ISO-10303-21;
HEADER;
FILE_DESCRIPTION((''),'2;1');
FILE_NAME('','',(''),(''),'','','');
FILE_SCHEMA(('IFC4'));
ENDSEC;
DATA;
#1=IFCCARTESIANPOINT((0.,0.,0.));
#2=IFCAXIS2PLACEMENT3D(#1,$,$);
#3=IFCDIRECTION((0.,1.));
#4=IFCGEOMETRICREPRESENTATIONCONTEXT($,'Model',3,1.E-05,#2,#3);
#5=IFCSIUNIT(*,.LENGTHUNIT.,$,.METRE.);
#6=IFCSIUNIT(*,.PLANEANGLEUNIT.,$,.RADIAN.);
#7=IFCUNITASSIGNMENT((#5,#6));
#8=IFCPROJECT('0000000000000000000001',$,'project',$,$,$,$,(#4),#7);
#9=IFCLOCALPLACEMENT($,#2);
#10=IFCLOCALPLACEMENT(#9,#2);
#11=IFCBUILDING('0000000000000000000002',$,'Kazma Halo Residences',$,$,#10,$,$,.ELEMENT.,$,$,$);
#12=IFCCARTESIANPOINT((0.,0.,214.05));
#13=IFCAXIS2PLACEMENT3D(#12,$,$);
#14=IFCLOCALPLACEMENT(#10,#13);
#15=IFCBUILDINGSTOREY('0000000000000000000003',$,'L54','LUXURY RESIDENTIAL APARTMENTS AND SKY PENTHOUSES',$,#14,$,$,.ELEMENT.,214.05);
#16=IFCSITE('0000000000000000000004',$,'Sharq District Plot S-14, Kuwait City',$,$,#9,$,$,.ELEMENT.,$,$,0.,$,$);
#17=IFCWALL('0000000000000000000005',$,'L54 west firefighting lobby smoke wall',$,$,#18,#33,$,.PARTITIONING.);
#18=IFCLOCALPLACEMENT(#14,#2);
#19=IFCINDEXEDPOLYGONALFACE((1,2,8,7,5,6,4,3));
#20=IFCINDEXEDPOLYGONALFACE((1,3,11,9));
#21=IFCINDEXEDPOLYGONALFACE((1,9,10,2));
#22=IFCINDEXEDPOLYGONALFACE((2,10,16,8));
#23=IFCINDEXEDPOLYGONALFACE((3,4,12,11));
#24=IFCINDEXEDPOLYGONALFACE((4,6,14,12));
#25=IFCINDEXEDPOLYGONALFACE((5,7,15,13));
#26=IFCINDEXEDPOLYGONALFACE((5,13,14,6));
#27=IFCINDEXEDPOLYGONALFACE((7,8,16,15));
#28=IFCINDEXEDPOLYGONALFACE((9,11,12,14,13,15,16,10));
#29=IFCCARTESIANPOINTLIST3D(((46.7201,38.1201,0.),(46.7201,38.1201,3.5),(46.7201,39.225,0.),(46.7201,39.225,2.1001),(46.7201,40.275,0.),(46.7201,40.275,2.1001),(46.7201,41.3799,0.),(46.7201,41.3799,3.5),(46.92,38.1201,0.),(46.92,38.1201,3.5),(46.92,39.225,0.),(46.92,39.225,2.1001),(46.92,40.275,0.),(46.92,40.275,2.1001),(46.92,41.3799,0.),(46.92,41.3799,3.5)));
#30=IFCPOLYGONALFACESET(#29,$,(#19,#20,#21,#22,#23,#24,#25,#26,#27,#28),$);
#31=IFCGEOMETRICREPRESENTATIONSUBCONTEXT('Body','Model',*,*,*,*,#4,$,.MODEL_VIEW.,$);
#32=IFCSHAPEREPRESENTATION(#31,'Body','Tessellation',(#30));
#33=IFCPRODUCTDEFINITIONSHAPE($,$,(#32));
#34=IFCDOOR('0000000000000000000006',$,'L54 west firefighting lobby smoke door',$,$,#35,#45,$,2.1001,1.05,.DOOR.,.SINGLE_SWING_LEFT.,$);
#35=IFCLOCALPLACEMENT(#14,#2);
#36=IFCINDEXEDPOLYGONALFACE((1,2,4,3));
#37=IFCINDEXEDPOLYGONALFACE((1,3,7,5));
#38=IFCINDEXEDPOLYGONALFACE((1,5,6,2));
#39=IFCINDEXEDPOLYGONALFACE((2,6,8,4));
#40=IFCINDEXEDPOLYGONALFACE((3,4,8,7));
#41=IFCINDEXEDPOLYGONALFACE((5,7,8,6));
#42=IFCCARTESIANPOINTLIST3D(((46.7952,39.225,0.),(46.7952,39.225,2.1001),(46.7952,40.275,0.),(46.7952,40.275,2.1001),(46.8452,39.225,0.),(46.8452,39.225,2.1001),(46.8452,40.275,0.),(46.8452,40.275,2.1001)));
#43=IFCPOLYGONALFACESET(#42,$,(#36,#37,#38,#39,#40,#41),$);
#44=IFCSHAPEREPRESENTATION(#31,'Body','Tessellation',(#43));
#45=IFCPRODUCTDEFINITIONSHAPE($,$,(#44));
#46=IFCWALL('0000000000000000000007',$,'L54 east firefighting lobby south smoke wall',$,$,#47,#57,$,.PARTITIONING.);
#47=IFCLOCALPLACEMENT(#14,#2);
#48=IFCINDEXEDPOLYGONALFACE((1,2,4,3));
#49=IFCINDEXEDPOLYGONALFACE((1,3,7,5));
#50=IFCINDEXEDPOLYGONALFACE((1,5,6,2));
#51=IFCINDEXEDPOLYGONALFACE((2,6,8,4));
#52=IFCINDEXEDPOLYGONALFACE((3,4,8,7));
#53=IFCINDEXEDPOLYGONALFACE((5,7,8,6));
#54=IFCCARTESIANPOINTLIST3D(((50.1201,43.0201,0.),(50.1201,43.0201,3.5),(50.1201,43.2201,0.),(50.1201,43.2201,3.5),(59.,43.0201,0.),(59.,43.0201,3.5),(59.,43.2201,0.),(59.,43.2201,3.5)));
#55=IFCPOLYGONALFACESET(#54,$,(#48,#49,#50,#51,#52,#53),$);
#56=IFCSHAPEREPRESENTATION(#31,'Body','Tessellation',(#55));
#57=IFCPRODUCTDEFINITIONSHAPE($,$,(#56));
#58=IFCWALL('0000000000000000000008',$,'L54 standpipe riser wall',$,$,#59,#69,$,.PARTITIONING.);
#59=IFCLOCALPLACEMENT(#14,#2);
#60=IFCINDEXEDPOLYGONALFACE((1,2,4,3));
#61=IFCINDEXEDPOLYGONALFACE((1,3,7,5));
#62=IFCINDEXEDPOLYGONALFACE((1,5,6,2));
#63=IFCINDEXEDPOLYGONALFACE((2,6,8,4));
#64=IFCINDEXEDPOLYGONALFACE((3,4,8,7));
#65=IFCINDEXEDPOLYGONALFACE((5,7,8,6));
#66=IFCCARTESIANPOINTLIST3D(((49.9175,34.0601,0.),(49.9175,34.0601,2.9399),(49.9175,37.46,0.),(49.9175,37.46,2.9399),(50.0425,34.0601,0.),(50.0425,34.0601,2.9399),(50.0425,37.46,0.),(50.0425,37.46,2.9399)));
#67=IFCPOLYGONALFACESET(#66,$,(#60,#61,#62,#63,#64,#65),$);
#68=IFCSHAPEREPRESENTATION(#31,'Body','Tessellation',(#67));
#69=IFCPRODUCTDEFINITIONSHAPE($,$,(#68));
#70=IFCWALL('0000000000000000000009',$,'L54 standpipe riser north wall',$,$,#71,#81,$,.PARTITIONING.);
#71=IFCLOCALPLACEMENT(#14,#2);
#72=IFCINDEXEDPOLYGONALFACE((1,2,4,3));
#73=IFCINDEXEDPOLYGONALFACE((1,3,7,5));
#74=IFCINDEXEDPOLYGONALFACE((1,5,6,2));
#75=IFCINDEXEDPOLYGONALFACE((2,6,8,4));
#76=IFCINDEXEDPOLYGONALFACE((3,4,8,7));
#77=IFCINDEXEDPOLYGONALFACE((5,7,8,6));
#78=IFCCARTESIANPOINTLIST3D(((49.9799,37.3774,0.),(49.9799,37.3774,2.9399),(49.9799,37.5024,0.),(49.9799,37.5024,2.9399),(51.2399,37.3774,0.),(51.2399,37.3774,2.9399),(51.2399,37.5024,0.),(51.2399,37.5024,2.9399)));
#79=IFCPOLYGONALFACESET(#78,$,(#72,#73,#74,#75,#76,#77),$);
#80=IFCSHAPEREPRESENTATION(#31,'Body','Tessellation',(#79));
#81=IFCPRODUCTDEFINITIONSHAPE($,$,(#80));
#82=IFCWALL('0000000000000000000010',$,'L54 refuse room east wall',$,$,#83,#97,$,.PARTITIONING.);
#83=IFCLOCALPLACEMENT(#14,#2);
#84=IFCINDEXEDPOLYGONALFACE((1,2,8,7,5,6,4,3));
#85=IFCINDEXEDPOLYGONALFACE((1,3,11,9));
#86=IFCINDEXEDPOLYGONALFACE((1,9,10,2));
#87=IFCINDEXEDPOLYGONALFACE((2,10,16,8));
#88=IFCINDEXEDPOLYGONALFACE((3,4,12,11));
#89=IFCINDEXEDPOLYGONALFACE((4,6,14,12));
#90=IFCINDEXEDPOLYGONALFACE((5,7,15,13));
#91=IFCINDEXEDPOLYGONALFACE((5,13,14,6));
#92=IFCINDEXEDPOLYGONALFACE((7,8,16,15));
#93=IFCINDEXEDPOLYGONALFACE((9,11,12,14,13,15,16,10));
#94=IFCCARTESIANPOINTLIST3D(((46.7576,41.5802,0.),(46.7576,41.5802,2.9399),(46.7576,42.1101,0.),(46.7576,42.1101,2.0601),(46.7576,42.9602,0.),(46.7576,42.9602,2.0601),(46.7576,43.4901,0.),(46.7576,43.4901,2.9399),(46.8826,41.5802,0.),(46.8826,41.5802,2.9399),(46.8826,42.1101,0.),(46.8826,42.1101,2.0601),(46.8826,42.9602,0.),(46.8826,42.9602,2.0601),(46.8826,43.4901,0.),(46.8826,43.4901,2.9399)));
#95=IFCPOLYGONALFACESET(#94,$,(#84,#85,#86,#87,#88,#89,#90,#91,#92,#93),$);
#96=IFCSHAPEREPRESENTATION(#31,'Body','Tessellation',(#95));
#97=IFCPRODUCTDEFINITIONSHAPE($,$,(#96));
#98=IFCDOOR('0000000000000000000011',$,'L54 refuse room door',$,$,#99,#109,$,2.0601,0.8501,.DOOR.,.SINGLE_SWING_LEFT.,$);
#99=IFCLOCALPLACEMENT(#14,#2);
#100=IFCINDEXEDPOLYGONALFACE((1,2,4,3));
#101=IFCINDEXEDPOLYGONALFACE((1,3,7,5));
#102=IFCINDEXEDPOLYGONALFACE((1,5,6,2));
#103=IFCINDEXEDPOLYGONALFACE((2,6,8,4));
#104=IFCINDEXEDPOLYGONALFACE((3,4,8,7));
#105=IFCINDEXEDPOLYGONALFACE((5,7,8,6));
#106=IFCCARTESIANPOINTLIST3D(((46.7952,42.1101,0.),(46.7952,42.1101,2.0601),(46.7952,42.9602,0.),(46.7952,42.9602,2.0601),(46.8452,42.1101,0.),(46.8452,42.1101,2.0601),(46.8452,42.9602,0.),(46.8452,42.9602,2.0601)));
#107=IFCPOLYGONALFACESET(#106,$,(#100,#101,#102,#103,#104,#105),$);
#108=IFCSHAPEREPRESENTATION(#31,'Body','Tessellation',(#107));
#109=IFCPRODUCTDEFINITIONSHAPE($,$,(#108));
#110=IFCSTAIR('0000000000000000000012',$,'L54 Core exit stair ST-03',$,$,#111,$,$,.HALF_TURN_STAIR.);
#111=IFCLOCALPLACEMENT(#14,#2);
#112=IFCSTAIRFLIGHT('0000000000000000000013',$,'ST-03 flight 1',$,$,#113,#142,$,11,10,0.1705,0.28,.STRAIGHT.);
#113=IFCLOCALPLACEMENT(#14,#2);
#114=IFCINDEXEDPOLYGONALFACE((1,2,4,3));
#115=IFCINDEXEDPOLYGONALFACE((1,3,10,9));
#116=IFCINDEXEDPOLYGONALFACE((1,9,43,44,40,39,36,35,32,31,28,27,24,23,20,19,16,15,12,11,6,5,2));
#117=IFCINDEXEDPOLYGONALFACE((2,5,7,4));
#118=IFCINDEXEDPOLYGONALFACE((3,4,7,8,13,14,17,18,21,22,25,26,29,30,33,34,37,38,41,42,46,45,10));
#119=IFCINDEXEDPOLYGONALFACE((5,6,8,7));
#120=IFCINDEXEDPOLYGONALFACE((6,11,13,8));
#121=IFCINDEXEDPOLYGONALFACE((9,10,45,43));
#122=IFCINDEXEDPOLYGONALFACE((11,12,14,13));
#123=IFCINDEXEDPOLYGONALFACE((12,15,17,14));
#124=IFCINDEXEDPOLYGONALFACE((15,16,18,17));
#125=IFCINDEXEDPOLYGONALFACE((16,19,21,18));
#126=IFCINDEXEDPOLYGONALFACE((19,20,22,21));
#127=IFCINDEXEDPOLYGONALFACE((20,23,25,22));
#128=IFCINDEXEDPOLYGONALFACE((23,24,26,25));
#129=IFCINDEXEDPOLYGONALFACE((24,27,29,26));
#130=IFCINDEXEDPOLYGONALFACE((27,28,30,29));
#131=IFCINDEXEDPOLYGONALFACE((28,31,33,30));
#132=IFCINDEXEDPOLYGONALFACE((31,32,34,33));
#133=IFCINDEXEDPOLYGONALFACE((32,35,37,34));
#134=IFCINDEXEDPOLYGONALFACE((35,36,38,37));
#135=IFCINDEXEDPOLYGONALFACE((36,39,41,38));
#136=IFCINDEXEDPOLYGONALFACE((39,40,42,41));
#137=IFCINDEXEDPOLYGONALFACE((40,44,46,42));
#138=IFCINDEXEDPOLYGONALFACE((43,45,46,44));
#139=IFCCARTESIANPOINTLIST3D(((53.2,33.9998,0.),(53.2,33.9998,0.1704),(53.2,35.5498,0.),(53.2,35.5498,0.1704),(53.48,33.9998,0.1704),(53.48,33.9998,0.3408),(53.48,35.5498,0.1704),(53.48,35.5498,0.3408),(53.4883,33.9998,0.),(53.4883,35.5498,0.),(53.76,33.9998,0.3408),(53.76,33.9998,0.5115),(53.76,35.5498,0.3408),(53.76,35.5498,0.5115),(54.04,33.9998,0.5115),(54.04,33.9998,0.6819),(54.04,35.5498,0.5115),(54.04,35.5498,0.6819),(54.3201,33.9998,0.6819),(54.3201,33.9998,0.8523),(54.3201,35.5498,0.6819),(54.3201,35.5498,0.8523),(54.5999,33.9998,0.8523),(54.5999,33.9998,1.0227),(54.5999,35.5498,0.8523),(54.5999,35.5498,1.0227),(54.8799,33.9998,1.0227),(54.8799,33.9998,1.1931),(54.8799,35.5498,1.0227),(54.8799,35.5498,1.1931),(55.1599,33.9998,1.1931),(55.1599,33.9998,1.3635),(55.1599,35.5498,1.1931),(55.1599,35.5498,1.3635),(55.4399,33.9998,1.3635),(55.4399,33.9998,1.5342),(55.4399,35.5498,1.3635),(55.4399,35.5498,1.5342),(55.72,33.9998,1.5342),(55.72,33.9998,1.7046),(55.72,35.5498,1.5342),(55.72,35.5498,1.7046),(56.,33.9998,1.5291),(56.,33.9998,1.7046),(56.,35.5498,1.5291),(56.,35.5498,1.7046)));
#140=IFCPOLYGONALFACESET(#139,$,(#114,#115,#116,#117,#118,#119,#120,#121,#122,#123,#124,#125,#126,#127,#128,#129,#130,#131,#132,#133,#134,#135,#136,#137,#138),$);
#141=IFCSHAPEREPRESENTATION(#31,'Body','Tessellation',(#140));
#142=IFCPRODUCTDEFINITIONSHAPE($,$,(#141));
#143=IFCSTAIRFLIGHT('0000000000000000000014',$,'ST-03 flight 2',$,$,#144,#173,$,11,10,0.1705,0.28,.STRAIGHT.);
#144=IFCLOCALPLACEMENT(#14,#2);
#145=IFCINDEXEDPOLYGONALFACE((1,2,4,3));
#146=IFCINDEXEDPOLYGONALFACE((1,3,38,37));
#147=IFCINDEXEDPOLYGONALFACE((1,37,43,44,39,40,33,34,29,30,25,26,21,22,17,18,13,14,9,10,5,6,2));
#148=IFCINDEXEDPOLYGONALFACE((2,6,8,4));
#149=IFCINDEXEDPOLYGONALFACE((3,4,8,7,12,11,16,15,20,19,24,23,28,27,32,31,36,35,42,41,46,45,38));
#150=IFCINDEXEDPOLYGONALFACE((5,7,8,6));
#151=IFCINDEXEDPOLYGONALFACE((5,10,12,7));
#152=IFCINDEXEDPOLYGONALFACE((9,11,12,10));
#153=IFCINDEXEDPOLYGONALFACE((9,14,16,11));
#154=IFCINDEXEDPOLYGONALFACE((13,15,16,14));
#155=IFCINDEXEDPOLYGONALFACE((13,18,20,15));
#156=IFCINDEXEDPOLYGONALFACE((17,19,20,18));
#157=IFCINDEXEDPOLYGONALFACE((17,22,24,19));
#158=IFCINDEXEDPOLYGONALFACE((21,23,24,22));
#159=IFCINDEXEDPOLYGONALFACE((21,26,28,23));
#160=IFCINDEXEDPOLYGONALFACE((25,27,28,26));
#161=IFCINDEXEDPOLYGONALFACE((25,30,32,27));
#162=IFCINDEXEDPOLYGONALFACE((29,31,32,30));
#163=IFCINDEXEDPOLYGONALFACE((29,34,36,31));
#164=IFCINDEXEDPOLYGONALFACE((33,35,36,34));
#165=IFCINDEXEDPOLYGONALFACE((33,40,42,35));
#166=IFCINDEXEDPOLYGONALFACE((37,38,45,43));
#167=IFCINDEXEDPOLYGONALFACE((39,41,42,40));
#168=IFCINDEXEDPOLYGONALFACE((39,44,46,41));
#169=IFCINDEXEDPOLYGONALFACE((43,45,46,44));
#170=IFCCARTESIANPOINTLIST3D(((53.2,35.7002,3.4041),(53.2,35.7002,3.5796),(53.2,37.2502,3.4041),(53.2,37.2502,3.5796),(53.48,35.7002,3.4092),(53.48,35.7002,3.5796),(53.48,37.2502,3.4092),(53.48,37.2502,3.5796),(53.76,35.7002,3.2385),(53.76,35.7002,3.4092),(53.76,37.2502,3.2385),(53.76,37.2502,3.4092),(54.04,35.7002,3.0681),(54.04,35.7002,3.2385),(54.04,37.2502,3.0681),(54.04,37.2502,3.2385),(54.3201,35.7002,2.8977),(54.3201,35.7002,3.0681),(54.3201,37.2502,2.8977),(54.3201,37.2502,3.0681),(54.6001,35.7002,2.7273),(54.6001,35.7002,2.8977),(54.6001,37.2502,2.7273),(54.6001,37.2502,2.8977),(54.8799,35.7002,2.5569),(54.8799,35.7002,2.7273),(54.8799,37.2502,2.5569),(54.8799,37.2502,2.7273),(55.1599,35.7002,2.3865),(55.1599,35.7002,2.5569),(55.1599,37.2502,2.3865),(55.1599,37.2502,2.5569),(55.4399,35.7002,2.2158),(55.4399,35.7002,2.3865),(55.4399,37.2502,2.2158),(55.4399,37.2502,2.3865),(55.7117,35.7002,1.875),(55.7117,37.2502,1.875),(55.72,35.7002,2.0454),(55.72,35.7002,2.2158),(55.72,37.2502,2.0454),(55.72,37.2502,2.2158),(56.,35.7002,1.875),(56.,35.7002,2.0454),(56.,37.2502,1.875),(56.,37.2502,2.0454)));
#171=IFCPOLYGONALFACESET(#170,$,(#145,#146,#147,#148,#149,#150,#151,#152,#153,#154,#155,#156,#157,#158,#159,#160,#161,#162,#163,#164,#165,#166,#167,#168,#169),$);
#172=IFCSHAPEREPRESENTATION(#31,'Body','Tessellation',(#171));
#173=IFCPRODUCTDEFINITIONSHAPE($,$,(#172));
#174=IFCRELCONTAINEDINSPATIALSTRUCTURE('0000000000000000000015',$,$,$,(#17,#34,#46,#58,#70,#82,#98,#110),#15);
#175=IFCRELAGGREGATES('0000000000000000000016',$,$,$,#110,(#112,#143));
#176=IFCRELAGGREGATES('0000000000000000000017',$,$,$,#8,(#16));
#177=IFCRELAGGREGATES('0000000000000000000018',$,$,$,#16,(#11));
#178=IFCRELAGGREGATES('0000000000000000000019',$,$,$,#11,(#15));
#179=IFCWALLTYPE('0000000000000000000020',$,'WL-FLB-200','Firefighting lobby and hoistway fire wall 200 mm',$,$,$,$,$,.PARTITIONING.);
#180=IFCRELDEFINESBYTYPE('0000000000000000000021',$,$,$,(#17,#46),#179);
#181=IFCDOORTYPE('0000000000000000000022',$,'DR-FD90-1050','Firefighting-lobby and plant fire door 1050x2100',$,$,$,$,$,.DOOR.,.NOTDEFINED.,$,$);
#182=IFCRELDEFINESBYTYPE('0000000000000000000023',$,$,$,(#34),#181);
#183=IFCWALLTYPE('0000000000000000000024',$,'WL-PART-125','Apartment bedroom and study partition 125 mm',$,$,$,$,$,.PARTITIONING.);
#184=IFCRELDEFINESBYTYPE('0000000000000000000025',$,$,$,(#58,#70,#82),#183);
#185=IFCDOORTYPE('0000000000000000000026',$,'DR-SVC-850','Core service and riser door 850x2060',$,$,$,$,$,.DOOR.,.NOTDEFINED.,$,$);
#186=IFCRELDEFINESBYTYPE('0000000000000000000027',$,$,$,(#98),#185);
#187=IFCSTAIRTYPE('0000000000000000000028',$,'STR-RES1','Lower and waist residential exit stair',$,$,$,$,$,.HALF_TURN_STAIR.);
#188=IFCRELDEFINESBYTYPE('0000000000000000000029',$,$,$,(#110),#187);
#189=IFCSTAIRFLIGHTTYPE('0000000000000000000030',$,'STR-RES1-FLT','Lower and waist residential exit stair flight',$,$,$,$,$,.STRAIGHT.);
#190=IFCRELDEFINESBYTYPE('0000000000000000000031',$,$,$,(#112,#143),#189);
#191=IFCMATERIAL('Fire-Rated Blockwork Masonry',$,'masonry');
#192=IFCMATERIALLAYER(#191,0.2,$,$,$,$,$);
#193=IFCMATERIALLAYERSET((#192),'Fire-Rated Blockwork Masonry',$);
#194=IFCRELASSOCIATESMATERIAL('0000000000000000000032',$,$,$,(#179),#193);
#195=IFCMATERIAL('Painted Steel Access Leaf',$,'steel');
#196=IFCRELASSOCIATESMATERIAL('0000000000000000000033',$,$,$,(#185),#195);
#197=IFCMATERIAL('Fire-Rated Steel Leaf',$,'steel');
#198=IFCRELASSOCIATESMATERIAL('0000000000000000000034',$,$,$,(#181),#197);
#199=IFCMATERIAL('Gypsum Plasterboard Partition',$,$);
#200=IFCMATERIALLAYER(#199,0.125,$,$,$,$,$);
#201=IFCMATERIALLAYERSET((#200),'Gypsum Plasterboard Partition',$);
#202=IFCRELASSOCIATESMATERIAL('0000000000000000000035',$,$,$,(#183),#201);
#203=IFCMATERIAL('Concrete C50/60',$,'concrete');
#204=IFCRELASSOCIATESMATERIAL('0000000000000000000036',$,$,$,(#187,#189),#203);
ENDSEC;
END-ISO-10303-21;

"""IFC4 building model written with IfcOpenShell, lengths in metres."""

from ifc_helpers import new_model, si_unit, direction, frame, frame_2d, origin, place, context, subcontext, project, spatial, polyline, rectangle, outline, extrude, material, layer, layer_set, type_object, element, fill, aggregate, save


model = new_model("IFC4")

# Units and contexts
model_context = context("Model", 3, precision=1e-05, world=origin(), true_north=direction((0.0, 1.0)))
body_context = subcontext(model_context, "Body", "Model", "MODEL_VIEW")
ifc_project = project(units=[si_unit("LENGTHUNIT", "METRE"), si_unit("PLANEANGLEUNIT", "RADIAN")], contexts=[model_context])

# Site, building, storey
site_placement = place(None, origin())
site = spatial("IfcSite", under=ifc_project, at=site_placement, Name="Sharq District Plot S-14, Kuwait City", CompositionType="ELEMENT", RefElevation=0.0)
building_placement = place(site_placement, origin())
building = spatial("IfcBuilding", under=site, at=building_placement, Name="Kazma Halo Residences", CompositionType="ELEMENT")
storey_placement = place(building_placement, frame((0.0, 0.0, 214.05)))
storey = spatial("IfcBuildingStorey", under=building, at=storey_placement, Name="L54", Description="LUXURY RESIDENTIAL APARTMENTS AND SKY PENTHOUSES", CompositionType="ELEMENT", Elevation=214.05)

# Shared definitions
ifc_material_1 = material(Name="Fire-Rated Blockwork Masonry", Category="masonry")
ifc_layer_1 = layer(ifc_material_1, 0.2)
ifc_layer_set_1 = layer_set([ifc_layer_1], Name="Fire-Rated Blockwork Masonry")
wall_type_1 = type_object("IfcWallType", Name="WL-FLB-200", Description="Firefighting lobby and hoistway fire wall 200 mm", PredefinedType="PARTITIONING", material=ifc_layer_set_1)

# Wall, opening, door
ifc_material_2 = material(Name="Painted Steel Access Leaf", Category="steel")
door_type_1 = type_object("IfcDoorType", Name="DR-SVC-850", Description="Core service and riser door 850x2060", OperationType="NOTDEFINED", PredefinedType="DOOR", material=ifc_material_2)
wall_1_placement = place(storey_placement, frame((46.8201, 38.1201, 0.0), z_axis=(0.0, 0.0, 1.0), x_axis=(0.0, 1.0, 0.0)))
wall_1 = element("IfcWall", 1, at=wall_1_placement, inside=storey, type_object=wall_type_1, Name="L54 west firefighting lobby smoke wall", PredefinedType="PARTITIONING", context=body_context, shape_type="SweptSolid", body=[
    extrude(rectangle(XDim=3.2598, YDim=0.2, at=frame_2d((1.6299, 0.0))), origin(), (0.0, 0.0, 1.0), 3.5),
])
opening_1_placement = place(wall_1_placement, frame((1.105, 0.0, 0.0)))
opening_1 = element("IfcOpeningElement", 2, at=opening_1_placement, cuts=wall_1, PredefinedType="OPENING", context=body_context, shape_type="SweptSolid", body=[
    extrude(rectangle(XDim=1.05, YDim=2.1001, at=frame_2d((0.5249, 1.05))), frame((0.0, 0.1099, 0.0), z_axis=(0.0, -1.0, 0.0), x_axis=(1.0, 0.0, 0.0)), (0.0, 0.0, 1.0), 0.22),
])
ifc_material_3 = material(Name="Fire-Rated Steel Leaf", Category="steel")
door_type_2 = type_object("IfcDoorType", Name="DR-FD90-1050", Description="Firefighting-lobby and plant fire door 1050x2100", OperationType="NOTDEFINED", PredefinedType="DOOR", material=ifc_material_3)
door_1_placement = place(opening_1_placement, origin())
door_1 = element("IfcDoor", 3, at=door_1_placement, inside=storey, type_object=door_type_2, Name="L54 west firefighting lobby smoke door", OperationType="SINGLE_SWING_LEFT", OverallHeight=2.1001, OverallWidth=1.05, PredefinedType="DOOR", context=body_context, shape_type="SweptSolid", body=[
    extrude(rectangle(XDim=1.05, YDim=2.1001, at=frame_2d((0.5249, 1.05))), frame((0.0, 0.0249, 0.0), z_axis=(0.0, -1.0, 0.0), x_axis=(1.0, 0.0, 0.0)), (0.0, 0.0, 1.0), 0.05),
])
fill(opening_1, door_1)

# Walls
wall_2_placement = place(storey_placement, frame((50.1201, 43.1201, 0.0), z_axis=(0.0, 0.0, 1.0), x_axis=(1.0, 0.0, 0.0)))
element("IfcWall", 4, at=wall_2_placement, inside=storey, type_object=wall_type_1, Name="L54 east firefighting lobby south smoke wall", PredefinedType="PARTITIONING", context=body_context, shape_type="SweptSolid", body=[
    extrude(rectangle(XDim=8.8799, YDim=0.2, at=frame_2d((4.4399, 0.0))), origin(), (0.0, 0.0, 1.0), 3.5),
])
ifc_material_4 = material(Name="Gypsum Plasterboard Partition")
ifc_layer_2 = layer(ifc_material_4, 0.125)
ifc_layer_set_2 = layer_set([ifc_layer_2], Name="Gypsum Plasterboard Partition")
wall_type_2 = type_object("IfcWallType", Name="WL-PART-125", Description="Apartment bedroom and study partition 125 mm", PredefinedType="PARTITIONING", material=ifc_layer_set_2)
wall_3_placement = place(storey_placement, frame((49.98, 34.0601, 0.0), z_axis=(0.0, 0.0, 1.0), x_axis=(0.0, 1.0, 0.0)))
element("IfcWall", 5, at=wall_3_placement, inside=storey, type_object=wall_type_2, Name="L54 standpipe riser wall", PredefinedType="PARTITIONING", context=body_context, shape_type="SweptSolid", body=[
    extrude(rectangle(XDim=3.3999, YDim=0.125, at=frame_2d((1.7, 0.0))), origin(), (0.0, 0.0, 1.0), 2.9399),
])
wall_4_placement = place(storey_placement, frame((49.98, 37.4399, 0.0), z_axis=(0.0, 0.0, 1.0), x_axis=(1.0, 0.0, 0.0)))
element("IfcWall", 6, at=wall_4_placement, inside=storey, type_object=wall_type_2, Name="L54 standpipe riser north wall", PredefinedType="PARTITIONING", context=body_context, shape_type="SweptSolid", body=[
    extrude(rectangle(XDim=1.26, YDim=0.125, at=frame_2d((0.6299, 0.0))), origin(), (0.0, 0.0, 1.0), 2.9399),
])

# Wall, opening, door
wall_5_placement = place(storey_placement, frame((46.8201, 41.5801, 0.0), z_axis=(0.0, 0.0, 1.0), x_axis=(0.0, 1.0, 0.0)))
wall_5 = element("IfcWall", 7, at=wall_5_placement, inside=storey, type_object=wall_type_2, Name="L54 refuse room east wall", PredefinedType="PARTITIONING", context=body_context, shape_type="SweptSolid", body=[
    extrude(rectangle(XDim=1.9099, YDim=0.125, at=frame_2d((0.9551, 0.0))), origin(), (0.0, 0.0, 1.0), 2.9399),
])
opening_2_placement = place(wall_5_placement, frame((0.53, 0.0, 0.0)))
opening_2 = element("IfcOpeningElement", 8, at=opening_2_placement, cuts=wall_5, PredefinedType="OPENING", context=body_context, shape_type="SweptSolid", body=[
    extrude(rectangle(XDim=0.8501, YDim=2.0601, at=frame_2d((0.425, 1.03))), frame((0.0, 0.0725, 0.0), z_axis=(0.0, -1.0, 0.0), x_axis=(1.0, 0.0, 0.0)), (0.0, 0.0, 1.0), 0.145),
])
door_2_placement = place(opening_2_placement, origin())
door_2 = element("IfcDoor", 9, at=door_2_placement, inside=storey, type_object=door_type_1, Name="L54 refuse room door", OperationType="SINGLE_SWING_LEFT", OverallHeight=2.0601, OverallWidth=0.8501, PredefinedType="DOOR", context=body_context, shape_type="SweptSolid", body=[
    extrude(rectangle(XDim=0.8501, YDim=2.0601, at=frame_2d((0.425, 1.03))), frame((0.0, 0.0249, 0.0), z_axis=(0.0, -1.0, 0.0), x_axis=(1.0, 0.0, 0.0)), (0.0, 0.0, 1.0), 0.05),
])
fill(opening_2, door_2)
ifc_material_5 = material(Name="Concrete C50/60", Category="concrete")

# Stair, stair flights
stair_type = type_object("IfcStairType", Name="STR-RES1", Description="Lower and waist residential exit stair", PredefinedType="HALF_TURN_STAIR", material=ifc_material_5)
stair_placement = place(storey_placement, origin())
stair = element("IfcStair", 10, at=stair_placement, inside=storey, type_object=stair_type, Name="L54 Core exit stair ST-03", PredefinedType="HALF_TURN_STAIR")
stair_flight_type = type_object("IfcStairFlightType", Name="STR-RES1-FLT", Description="Lower and waist residential exit stair flight", PredefinedType="STRAIGHT", material=ifc_material_5)
stair_flight_1_placement = place(storey_placement, frame((53.2, 34.7749, 0.0), z_axis=(0.0, 0.0, 1.0), x_axis=(1.0, 0.0, 0.0)))
stair_flight_1 = element("IfcStairFlight", 11, at=stair_flight_1_placement, type_object=stair_flight_type, Name="ST-03 flight 1", NumberOfRisers=11, NumberOfTreads=10, PredefinedType="STRAIGHT", RiserHeight=0.1705, TreadLength=0.28, context=body_context, shape_type="SweptSolid", body=[
    extrude(outline(polyline([(0.0, 0.0), (0.0, 0.1704), (0.28, 0.1704), (0.28, 0.3408), (0.5601, 0.3408), (0.5601, 0.5115), (0.8401, 0.5115), (0.8401, 0.6819), (1.1201, 0.6819), (1.1201, 0.8523), (1.3999, 0.8523), (1.3999, 1.0227), (1.6799, 1.0227), (1.6799, 1.1931), (1.96, 1.1931), (1.96, 1.3635), (2.24, 1.3635), (2.24, 1.5342), (2.52, 1.5342), (2.52, 1.7046), (2.8, 1.7046), (2.8, 1.875), (2.8, 1.5291), (0.2883, 0.0), (0.0, 0.0)])), frame((0.0, 0.7749, 0.0), z_axis=(0.0, -1.0, 0.0), x_axis=(1.0, 0.0, 0.0)), (0.0, 0.0, 1.0), 1.55),
])
stair_flight_2_placement = place(storey_placement, frame((56.0, 36.4751, 1.875), z_axis=(0.0, 0.0, 1.0), x_axis=(-1.0, 0.0, 0.0)))
stair_flight_2 = element("IfcStairFlight", 12, at=stair_flight_2_placement, type_object=stair_flight_type, Name="ST-03 flight 2", NumberOfRisers=11, NumberOfTreads=10, PredefinedType="STRAIGHT", RiserHeight=0.1705, TreadLength=0.28, context=body_context, shape_type="SweptSolid", body=[
    extrude(outline(polyline([(0.0, 0.0), (0.0, 0.1704), (0.28, 0.1704), (0.28, 0.3408), (0.5601, 0.3408), (0.5601, 0.5115), (0.8401, 0.5115), (0.8401, 0.6819), (1.1201, 0.6819), (1.1201, 0.8523), (1.3999, 0.8523), (1.3999, 1.0227), (1.6799, 1.0227), (1.6799, 1.1931), (1.96, 1.1931), (1.96, 1.3635), (2.24, 1.3635), (2.24, 1.5342), (2.52, 1.5342), (2.52, 1.7046), (2.8, 1.7046), (2.8, 1.875), (2.8, 1.5291), (0.2883, 0.0), (0.0, 0.0)])), frame((0.0, 0.7749, 0.0), z_axis=(0.0, -1.0, 0.0), x_axis=(1.0, 0.0, 0.0)), (0.0, 0.0, 1.0), 1.55),
])
aggregate(stair, [stair_flight_1, stair_flight_2])

save(model, "model.ifc")
